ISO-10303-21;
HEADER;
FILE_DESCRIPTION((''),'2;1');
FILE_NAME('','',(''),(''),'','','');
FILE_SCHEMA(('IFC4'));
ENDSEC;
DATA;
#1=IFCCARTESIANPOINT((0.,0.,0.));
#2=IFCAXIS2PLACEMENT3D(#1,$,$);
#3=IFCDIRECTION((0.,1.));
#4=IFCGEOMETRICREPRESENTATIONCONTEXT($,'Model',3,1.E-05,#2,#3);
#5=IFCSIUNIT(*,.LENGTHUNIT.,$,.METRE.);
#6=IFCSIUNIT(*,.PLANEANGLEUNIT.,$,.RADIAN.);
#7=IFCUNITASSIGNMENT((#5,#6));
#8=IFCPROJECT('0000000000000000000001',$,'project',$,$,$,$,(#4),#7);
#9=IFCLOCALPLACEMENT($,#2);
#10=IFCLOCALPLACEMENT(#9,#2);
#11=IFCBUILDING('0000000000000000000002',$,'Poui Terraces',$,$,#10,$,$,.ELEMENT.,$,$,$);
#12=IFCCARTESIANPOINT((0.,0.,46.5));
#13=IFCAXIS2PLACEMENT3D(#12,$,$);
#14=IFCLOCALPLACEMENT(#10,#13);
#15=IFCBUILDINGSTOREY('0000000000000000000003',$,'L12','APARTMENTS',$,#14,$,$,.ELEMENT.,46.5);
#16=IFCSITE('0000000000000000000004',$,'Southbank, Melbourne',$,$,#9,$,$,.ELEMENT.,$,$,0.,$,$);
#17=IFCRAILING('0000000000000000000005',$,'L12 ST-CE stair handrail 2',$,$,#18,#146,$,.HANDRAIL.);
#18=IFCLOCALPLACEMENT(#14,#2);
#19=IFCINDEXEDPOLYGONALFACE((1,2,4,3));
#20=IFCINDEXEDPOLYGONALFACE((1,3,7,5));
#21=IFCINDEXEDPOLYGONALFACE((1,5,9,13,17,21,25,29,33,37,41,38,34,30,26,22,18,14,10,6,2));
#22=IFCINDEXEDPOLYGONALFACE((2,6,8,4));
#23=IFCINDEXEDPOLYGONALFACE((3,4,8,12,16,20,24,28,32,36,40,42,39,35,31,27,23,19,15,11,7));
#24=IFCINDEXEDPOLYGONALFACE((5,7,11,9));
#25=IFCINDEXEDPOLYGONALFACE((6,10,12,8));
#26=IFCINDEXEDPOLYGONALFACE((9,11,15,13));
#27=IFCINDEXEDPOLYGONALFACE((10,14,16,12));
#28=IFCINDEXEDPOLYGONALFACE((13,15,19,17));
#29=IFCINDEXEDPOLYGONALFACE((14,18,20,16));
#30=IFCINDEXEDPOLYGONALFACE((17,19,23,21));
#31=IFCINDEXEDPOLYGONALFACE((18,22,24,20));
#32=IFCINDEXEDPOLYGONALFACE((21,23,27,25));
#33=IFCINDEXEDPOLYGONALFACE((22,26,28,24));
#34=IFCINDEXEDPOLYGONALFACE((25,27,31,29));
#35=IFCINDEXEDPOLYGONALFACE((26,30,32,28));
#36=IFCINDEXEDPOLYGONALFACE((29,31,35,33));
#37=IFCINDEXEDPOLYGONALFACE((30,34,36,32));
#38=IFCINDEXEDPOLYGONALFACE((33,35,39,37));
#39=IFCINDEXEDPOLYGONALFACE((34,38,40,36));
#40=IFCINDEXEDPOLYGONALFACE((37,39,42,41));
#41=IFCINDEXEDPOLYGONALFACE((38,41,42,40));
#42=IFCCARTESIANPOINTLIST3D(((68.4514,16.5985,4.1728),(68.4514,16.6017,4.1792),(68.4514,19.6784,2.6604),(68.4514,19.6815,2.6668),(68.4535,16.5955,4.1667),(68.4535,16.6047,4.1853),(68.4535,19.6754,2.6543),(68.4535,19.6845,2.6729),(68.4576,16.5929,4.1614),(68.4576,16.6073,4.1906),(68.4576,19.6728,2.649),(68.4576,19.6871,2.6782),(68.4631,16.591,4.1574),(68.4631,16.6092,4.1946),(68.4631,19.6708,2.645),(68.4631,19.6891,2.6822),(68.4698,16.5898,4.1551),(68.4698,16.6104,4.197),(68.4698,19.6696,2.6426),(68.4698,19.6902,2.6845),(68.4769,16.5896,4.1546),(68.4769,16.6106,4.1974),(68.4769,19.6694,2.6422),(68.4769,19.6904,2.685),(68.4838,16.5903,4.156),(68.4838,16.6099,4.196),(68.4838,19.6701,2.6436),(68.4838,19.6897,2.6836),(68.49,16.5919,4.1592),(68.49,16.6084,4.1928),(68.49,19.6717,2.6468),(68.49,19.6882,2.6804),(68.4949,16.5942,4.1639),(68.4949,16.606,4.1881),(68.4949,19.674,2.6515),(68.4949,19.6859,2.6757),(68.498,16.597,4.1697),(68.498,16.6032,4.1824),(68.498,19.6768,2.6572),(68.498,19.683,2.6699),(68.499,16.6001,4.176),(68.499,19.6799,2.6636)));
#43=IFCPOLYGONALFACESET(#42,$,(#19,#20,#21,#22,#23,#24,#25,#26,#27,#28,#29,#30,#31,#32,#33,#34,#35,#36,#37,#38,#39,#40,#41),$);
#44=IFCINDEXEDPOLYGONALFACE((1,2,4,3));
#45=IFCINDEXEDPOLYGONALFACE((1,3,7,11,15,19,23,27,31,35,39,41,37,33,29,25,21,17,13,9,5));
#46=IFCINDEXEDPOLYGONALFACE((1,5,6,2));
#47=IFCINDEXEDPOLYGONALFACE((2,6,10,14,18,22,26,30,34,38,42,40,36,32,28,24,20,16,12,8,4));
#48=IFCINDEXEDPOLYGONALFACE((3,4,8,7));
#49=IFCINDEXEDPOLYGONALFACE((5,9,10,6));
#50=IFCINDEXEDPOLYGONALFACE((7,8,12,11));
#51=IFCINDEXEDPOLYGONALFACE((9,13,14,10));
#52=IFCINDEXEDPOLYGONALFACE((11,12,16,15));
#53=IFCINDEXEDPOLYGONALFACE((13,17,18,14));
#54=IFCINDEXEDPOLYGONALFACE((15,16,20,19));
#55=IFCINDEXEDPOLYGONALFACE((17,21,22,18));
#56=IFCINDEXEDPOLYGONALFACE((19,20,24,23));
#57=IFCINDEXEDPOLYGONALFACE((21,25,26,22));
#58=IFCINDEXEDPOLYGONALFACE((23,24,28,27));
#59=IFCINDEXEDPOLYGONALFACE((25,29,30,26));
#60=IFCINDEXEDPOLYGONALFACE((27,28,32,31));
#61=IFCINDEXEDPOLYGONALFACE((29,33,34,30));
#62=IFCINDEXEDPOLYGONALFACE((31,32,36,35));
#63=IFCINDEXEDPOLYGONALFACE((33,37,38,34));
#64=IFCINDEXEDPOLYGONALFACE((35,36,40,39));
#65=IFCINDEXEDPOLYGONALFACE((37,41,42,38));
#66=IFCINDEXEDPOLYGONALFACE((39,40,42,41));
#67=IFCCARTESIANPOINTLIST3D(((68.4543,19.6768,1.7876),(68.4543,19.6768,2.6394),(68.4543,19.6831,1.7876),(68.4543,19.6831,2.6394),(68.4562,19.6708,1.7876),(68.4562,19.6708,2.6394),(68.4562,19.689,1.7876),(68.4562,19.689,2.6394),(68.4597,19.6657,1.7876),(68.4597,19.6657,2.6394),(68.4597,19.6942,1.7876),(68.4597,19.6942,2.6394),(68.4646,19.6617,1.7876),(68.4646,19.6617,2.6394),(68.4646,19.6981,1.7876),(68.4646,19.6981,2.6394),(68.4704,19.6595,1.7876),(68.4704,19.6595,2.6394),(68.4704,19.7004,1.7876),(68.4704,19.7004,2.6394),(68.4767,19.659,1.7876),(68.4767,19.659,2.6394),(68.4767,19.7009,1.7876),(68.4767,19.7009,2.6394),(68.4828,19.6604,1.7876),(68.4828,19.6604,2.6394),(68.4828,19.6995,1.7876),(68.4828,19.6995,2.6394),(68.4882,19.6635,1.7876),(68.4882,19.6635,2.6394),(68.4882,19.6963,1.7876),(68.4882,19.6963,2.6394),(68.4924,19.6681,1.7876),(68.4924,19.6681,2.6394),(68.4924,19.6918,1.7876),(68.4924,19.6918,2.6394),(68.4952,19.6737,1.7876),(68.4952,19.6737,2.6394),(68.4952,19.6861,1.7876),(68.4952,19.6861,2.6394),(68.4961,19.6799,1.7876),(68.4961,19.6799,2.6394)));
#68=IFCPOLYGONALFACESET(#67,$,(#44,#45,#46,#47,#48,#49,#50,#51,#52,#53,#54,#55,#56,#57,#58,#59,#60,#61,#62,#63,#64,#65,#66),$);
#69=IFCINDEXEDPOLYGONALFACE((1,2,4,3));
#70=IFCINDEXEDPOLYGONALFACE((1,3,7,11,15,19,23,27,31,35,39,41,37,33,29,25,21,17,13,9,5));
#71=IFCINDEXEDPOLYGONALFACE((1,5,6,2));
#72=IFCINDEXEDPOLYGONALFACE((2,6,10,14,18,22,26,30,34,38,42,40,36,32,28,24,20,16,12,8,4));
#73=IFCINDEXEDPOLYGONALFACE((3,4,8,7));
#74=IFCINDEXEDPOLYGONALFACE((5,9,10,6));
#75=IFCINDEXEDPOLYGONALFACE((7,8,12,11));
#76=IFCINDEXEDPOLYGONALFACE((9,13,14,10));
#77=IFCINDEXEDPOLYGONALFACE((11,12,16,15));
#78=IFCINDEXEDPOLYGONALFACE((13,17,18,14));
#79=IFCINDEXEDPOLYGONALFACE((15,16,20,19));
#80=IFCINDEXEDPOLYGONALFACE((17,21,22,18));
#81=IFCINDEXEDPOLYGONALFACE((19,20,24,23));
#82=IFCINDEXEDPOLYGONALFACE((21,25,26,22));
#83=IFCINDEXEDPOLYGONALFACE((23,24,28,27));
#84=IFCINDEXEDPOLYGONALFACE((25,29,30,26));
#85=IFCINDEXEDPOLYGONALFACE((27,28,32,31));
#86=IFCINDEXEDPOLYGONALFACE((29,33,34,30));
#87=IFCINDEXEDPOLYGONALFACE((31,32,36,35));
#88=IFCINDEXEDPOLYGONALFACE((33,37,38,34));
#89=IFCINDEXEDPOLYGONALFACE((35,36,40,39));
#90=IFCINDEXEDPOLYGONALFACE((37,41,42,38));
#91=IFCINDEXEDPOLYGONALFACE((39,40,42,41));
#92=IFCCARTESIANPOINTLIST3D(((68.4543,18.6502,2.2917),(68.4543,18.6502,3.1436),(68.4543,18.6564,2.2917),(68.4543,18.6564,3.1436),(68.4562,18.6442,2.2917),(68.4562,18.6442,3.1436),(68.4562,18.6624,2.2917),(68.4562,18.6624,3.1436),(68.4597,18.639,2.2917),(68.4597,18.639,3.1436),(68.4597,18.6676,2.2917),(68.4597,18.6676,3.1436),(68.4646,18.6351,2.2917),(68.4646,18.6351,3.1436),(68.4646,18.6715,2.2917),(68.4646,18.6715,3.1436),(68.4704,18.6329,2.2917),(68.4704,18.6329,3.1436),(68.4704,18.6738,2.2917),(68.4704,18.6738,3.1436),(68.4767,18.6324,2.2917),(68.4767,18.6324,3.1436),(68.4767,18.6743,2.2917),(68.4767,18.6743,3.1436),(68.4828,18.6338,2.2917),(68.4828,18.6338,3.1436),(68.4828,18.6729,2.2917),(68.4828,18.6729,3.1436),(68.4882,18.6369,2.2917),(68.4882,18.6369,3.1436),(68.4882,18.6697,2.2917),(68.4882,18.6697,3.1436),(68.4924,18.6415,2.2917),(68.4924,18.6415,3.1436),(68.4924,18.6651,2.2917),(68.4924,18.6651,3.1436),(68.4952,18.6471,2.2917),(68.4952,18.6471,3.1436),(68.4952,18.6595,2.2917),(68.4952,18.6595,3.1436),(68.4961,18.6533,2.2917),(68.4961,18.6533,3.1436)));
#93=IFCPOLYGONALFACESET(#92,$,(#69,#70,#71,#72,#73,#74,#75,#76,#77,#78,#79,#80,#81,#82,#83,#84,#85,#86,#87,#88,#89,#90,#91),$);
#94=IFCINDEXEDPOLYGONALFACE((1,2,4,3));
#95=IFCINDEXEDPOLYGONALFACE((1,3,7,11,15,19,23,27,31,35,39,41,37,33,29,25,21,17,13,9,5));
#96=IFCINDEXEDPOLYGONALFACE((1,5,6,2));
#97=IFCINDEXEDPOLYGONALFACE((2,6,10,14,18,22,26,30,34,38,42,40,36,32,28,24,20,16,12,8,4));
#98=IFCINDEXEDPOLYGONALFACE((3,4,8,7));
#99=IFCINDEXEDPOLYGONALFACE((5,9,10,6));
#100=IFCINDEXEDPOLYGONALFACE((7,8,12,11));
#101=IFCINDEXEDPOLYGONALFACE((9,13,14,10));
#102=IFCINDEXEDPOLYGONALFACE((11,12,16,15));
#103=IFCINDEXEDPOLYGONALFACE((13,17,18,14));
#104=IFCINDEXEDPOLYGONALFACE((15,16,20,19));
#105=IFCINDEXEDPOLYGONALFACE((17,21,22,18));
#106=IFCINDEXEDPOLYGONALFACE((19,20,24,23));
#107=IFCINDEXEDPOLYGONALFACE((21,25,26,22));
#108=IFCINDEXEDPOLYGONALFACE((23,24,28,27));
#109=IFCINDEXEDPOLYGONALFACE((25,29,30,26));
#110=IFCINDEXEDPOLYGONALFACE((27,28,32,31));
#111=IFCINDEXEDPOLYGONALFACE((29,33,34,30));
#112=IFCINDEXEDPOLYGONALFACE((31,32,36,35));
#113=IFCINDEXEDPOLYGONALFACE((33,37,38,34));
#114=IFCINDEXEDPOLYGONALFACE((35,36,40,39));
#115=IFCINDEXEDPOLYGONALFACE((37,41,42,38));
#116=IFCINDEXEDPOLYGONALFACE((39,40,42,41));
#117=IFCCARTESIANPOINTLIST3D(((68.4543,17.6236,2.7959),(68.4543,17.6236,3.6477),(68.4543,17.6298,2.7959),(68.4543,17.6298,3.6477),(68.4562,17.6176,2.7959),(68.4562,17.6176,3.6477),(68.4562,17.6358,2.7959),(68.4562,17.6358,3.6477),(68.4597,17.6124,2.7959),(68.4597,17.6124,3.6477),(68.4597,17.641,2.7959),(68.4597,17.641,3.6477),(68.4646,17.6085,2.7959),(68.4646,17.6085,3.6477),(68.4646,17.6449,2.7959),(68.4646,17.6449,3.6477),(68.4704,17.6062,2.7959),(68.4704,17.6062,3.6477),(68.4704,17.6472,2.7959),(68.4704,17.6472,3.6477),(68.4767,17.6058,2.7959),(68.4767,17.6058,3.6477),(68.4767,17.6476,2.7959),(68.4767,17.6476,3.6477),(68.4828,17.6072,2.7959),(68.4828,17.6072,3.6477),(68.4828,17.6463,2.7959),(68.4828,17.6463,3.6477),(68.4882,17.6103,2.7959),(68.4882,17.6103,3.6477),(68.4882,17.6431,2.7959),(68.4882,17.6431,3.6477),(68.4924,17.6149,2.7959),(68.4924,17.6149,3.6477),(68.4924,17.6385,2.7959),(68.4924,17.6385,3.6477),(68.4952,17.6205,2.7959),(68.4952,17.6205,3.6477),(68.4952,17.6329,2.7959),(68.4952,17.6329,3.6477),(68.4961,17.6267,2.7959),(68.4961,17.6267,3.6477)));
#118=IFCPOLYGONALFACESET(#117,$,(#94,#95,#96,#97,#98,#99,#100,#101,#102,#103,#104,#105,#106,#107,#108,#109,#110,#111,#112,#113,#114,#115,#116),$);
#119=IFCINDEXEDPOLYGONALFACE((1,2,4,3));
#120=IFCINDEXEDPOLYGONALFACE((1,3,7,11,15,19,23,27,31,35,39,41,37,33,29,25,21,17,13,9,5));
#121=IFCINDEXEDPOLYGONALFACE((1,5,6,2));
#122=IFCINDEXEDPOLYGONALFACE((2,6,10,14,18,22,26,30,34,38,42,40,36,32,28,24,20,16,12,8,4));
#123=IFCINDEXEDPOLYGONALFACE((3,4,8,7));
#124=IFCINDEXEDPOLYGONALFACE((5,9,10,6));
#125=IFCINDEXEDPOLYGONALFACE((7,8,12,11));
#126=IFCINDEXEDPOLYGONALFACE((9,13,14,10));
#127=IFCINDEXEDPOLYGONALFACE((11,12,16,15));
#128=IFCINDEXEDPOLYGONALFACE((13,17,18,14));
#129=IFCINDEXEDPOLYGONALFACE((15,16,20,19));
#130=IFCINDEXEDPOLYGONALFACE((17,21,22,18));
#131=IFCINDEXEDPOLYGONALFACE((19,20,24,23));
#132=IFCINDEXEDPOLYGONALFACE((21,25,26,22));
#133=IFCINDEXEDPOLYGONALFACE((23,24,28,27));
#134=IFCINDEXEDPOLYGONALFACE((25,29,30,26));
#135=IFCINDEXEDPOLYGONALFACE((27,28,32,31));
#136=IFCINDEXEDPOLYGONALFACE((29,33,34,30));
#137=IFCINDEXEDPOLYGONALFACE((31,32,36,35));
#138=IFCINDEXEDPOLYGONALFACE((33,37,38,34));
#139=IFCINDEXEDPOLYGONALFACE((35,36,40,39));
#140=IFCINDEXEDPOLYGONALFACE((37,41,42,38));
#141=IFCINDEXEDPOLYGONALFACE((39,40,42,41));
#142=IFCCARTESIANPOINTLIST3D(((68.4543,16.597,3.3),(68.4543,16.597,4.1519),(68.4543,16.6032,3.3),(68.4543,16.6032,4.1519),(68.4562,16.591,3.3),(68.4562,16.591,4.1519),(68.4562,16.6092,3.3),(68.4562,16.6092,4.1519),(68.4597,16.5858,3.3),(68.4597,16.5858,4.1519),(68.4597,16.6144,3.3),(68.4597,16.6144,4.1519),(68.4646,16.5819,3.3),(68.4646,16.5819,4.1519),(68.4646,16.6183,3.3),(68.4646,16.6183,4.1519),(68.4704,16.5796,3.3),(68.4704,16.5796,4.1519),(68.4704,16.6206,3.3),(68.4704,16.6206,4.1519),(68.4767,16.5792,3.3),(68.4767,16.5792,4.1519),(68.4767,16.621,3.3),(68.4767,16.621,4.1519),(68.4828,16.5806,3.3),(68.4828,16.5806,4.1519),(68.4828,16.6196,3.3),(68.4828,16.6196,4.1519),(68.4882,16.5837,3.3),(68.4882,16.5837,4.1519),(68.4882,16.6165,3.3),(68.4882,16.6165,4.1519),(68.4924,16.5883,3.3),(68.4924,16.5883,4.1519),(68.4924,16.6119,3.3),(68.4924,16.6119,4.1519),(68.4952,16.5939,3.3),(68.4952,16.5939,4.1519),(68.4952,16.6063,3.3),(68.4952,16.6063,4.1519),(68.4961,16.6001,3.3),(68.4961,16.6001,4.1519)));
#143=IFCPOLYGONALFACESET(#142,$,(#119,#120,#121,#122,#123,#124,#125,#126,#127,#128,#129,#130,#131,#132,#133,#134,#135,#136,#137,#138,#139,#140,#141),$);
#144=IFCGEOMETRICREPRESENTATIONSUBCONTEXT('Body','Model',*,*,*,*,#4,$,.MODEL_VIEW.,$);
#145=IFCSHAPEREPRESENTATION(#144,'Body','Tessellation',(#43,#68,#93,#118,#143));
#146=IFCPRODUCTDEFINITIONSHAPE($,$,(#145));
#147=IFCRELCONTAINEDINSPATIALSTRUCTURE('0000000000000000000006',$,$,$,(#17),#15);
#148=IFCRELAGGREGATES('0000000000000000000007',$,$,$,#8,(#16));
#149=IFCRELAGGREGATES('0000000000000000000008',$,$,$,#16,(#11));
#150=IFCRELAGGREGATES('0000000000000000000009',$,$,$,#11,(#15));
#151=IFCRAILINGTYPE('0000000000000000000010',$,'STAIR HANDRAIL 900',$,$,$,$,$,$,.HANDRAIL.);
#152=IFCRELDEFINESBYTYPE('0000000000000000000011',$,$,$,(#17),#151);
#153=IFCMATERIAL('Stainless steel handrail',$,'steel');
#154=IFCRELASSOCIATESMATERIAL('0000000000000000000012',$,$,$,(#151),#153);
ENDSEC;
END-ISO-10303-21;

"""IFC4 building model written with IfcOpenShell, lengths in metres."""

from ifc_helpers import new_model, si_unit, direction, frame, origin, origin_2d, place, context, subcontext, project, spatial, circle, extrude, material, type_object, element, save


model = new_model("IFC4")

# Units and contexts
model_context = context("Model", 3, precision=1e-05, world=origin(), true_north=direction((0.0, 1.0)))
body_context = subcontext(model_context, "Body", "Model", "MODEL_VIEW")
ifc_project = project(units=[si_unit("LENGTHUNIT", "METRE"), si_unit("PLANEANGLEUNIT", "RADIAN")], contexts=[model_context])

# Site, building, storey
site_placement = place(None, origin())
site = spatial("IfcSite", under=ifc_project, at=site_placement, Name="Southbank, Melbourne", CompositionType="ELEMENT", RefElevation=0.0)
building_placement = place(site_placement, origin())
building = spatial("IfcBuilding", under=site, at=building_placement, Name="Poui Terraces", CompositionType="ELEMENT")
storey_placement = place(building_placement, frame((0.0, 0.0, 46.5)))
storey = spatial("IfcBuildingStorey", under=building, at=storey_placement, Name="L12", Description="APARTMENTS", CompositionType="ELEMENT", Elevation=46.5)

# Railing
ifc_material_1 = material(Name="Stainless steel handrail", Category="steel")
railing_type_1 = type_object("IfcRailingType", Name="STAIR HANDRAIL 900", PredefinedType="HANDRAIL", material=ifc_material_1)
railing_1_placement = place(storey_placement, frame((68.4751, 19.6799, 1.7876)))
element("IfcRailing", 1, at=railing_1_placement, inside=storey, type_object=railing_type_1, Name="L12 ST-CE stair handrail 2", PredefinedType="HANDRAIL", context=body_context, shape_type="SweptSolid", body=[
    extrude(circle(Radius=0.0239, at=origin_2d()), frame((0.0, 0.0, 0.876), z_axis=(0.0, -0.897606, 0.440798), x_axis=(1.0, 0.0, 0.0)), (0.0, 0.0, 1.0), 3.4312),
    extrude(circle(Radius=0.021, at=origin_2d()), origin(), (0.0, 0.0, 1.0), 0.8518),
    extrude(circle(Radius=0.021, at=origin_2d()), frame((0.0, -1.0266, 0.5042)), (0.0, 0.0, 1.0), 0.8518),
    extrude(circle(Radius=0.021, at=origin_2d()), frame((0.0, -2.0532, 1.0083)), (0.0, 0.0, 1.0), 0.8518),
    extrude(circle(Radius=0.021, at=origin_2d()), frame((0.0, -3.0798, 1.5125)), (0.0, 0.0, 1.0), 0.8518),
])

save(model, "model.ifc")
